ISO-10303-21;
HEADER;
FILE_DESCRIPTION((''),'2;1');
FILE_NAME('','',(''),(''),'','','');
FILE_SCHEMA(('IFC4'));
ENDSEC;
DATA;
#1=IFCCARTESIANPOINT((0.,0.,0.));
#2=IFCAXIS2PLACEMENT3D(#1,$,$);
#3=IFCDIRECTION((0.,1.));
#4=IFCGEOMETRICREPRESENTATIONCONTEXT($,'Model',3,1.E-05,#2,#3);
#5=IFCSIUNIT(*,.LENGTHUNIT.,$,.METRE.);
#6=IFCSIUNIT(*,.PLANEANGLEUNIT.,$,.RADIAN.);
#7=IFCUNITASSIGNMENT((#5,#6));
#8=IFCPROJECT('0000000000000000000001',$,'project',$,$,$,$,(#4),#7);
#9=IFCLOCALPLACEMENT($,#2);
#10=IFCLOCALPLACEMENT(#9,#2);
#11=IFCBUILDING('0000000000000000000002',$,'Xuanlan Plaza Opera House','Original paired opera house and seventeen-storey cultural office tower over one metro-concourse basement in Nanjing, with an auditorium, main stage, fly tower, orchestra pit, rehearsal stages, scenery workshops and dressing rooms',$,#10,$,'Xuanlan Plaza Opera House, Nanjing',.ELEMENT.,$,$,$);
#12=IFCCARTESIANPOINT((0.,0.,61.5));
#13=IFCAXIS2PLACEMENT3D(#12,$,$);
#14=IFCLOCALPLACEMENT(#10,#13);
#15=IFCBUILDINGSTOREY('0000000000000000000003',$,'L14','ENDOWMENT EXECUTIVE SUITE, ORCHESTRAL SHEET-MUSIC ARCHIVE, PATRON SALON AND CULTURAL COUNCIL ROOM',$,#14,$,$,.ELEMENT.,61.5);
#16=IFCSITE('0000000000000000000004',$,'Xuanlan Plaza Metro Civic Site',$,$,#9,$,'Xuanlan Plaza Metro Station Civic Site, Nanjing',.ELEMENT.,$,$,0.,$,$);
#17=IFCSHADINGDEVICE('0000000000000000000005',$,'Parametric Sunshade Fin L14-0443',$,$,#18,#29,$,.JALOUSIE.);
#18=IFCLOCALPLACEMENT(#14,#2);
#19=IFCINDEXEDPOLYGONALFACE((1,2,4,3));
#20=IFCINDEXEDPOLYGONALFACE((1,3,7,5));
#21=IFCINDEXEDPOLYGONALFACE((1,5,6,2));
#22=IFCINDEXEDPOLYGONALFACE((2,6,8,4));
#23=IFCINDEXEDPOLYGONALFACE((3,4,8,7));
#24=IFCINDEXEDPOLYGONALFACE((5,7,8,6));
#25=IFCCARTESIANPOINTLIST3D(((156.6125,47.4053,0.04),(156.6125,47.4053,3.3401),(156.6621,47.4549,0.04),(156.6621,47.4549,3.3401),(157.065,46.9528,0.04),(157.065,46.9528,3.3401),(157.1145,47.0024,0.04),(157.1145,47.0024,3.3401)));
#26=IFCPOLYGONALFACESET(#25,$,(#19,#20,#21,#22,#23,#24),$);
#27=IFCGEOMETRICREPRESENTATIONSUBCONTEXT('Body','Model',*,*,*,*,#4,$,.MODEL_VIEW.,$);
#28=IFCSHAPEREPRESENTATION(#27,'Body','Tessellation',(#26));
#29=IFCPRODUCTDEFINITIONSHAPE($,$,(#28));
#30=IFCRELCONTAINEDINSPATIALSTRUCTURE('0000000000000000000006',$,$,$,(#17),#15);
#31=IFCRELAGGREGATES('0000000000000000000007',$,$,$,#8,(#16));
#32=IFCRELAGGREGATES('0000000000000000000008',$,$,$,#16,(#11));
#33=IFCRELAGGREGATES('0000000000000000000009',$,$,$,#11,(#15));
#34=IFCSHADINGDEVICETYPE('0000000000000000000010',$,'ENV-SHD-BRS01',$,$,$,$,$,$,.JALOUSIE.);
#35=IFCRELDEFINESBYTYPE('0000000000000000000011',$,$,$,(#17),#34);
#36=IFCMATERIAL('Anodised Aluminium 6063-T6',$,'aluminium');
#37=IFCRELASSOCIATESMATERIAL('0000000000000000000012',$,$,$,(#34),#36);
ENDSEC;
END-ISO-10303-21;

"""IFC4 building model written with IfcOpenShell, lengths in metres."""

from ifc_helpers import new_model, si_unit, direction, frame, origin, origin_2d, place, context, subcontext, project, spatial, rectangle, extrude, material, type_object, element, save


model = new_model("IFC4")

# Units and contexts
model_context = context("Model", 3, precision=1e-05, world=origin(), true_north=direction((0.0, 1.0)))
body_context = subcontext(model_context, "Body", "Model", "MODEL_VIEW")
ifc_project = project(units=[si_unit("LENGTHUNIT", "METRE"), si_unit("PLANEANGLEUNIT", "RADIAN")], contexts=[model_context])

# Site, building, storey
site_placement = place(None, origin())
site = spatial("IfcSite", under=ifc_project, at=site_placement, Name="Xuanlan Plaza Metro Civic Site", LongName="Xuanlan Plaza Metro Station Civic Site, Nanjing", CompositionType="ELEMENT", RefElevation=0.0)
building_placement = place(site_placement, origin())
building = spatial("IfcBuilding", under=site, at=building_placement, Name="Xuanlan Plaza Opera House", Description="Original paired opera house and seventeen-storey cultural office tower over one metro-concourse basement in Nanjing, with an auditorium, main stage, fly tower, orchestra pit, rehearsal stages, scenery workshops and dressing rooms", LongName="Xuanlan Plaza Opera House, Nanjing", CompositionType="ELEMENT")
storey_placement = place(building_placement, frame((0.0, 0.0, 61.5)))
storey = spatial("IfcBuildingStorey", under=building, at=storey_placement, Name="L14", Description="ENDOWMENT EXECUTIVE SUITE, ORCHESTRAL SHEET-MUSIC ARCHIVE, PATRON SALON AND CULTURAL COUNCIL ROOM", CompositionType="ELEMENT", Elevation=61.5)

# Shared definitions
ifc_material_1 = material(Name="Anodised Aluminium 6063-T6", Category="aluminium")

# Shading device
shading_device_type = type_object("IfcShadingDeviceType", Name="ENV-SHD-BRS01", PredefinedType="JALOUSIE", material=ifc_material_1)
for number, where, z_axis, x_axis, name in (
    (1, (156.8635, 47.2039, 0.04), (0.0, 0.0, 1.0), (0.707107, -0.707107, 0.0), "Parametric Sunshade Fin L14-0443"),
):
    element("IfcShadingDevice", number, at=place(storey_placement, frame(where, z_axis=z_axis, x_axis=x_axis)), inside=storey, type_object=shading_device_type, Name=name, PredefinedType="JALOUSIE", context=body_context, shape_type="SweptSolid", body=[
        extrude(rectangle(XDim=0.6399, YDim=0.0701, at=origin_2d()), origin(), (0.0, 0.0, 1.0), 3.3),
    ])

save(model, "model.ifc")
